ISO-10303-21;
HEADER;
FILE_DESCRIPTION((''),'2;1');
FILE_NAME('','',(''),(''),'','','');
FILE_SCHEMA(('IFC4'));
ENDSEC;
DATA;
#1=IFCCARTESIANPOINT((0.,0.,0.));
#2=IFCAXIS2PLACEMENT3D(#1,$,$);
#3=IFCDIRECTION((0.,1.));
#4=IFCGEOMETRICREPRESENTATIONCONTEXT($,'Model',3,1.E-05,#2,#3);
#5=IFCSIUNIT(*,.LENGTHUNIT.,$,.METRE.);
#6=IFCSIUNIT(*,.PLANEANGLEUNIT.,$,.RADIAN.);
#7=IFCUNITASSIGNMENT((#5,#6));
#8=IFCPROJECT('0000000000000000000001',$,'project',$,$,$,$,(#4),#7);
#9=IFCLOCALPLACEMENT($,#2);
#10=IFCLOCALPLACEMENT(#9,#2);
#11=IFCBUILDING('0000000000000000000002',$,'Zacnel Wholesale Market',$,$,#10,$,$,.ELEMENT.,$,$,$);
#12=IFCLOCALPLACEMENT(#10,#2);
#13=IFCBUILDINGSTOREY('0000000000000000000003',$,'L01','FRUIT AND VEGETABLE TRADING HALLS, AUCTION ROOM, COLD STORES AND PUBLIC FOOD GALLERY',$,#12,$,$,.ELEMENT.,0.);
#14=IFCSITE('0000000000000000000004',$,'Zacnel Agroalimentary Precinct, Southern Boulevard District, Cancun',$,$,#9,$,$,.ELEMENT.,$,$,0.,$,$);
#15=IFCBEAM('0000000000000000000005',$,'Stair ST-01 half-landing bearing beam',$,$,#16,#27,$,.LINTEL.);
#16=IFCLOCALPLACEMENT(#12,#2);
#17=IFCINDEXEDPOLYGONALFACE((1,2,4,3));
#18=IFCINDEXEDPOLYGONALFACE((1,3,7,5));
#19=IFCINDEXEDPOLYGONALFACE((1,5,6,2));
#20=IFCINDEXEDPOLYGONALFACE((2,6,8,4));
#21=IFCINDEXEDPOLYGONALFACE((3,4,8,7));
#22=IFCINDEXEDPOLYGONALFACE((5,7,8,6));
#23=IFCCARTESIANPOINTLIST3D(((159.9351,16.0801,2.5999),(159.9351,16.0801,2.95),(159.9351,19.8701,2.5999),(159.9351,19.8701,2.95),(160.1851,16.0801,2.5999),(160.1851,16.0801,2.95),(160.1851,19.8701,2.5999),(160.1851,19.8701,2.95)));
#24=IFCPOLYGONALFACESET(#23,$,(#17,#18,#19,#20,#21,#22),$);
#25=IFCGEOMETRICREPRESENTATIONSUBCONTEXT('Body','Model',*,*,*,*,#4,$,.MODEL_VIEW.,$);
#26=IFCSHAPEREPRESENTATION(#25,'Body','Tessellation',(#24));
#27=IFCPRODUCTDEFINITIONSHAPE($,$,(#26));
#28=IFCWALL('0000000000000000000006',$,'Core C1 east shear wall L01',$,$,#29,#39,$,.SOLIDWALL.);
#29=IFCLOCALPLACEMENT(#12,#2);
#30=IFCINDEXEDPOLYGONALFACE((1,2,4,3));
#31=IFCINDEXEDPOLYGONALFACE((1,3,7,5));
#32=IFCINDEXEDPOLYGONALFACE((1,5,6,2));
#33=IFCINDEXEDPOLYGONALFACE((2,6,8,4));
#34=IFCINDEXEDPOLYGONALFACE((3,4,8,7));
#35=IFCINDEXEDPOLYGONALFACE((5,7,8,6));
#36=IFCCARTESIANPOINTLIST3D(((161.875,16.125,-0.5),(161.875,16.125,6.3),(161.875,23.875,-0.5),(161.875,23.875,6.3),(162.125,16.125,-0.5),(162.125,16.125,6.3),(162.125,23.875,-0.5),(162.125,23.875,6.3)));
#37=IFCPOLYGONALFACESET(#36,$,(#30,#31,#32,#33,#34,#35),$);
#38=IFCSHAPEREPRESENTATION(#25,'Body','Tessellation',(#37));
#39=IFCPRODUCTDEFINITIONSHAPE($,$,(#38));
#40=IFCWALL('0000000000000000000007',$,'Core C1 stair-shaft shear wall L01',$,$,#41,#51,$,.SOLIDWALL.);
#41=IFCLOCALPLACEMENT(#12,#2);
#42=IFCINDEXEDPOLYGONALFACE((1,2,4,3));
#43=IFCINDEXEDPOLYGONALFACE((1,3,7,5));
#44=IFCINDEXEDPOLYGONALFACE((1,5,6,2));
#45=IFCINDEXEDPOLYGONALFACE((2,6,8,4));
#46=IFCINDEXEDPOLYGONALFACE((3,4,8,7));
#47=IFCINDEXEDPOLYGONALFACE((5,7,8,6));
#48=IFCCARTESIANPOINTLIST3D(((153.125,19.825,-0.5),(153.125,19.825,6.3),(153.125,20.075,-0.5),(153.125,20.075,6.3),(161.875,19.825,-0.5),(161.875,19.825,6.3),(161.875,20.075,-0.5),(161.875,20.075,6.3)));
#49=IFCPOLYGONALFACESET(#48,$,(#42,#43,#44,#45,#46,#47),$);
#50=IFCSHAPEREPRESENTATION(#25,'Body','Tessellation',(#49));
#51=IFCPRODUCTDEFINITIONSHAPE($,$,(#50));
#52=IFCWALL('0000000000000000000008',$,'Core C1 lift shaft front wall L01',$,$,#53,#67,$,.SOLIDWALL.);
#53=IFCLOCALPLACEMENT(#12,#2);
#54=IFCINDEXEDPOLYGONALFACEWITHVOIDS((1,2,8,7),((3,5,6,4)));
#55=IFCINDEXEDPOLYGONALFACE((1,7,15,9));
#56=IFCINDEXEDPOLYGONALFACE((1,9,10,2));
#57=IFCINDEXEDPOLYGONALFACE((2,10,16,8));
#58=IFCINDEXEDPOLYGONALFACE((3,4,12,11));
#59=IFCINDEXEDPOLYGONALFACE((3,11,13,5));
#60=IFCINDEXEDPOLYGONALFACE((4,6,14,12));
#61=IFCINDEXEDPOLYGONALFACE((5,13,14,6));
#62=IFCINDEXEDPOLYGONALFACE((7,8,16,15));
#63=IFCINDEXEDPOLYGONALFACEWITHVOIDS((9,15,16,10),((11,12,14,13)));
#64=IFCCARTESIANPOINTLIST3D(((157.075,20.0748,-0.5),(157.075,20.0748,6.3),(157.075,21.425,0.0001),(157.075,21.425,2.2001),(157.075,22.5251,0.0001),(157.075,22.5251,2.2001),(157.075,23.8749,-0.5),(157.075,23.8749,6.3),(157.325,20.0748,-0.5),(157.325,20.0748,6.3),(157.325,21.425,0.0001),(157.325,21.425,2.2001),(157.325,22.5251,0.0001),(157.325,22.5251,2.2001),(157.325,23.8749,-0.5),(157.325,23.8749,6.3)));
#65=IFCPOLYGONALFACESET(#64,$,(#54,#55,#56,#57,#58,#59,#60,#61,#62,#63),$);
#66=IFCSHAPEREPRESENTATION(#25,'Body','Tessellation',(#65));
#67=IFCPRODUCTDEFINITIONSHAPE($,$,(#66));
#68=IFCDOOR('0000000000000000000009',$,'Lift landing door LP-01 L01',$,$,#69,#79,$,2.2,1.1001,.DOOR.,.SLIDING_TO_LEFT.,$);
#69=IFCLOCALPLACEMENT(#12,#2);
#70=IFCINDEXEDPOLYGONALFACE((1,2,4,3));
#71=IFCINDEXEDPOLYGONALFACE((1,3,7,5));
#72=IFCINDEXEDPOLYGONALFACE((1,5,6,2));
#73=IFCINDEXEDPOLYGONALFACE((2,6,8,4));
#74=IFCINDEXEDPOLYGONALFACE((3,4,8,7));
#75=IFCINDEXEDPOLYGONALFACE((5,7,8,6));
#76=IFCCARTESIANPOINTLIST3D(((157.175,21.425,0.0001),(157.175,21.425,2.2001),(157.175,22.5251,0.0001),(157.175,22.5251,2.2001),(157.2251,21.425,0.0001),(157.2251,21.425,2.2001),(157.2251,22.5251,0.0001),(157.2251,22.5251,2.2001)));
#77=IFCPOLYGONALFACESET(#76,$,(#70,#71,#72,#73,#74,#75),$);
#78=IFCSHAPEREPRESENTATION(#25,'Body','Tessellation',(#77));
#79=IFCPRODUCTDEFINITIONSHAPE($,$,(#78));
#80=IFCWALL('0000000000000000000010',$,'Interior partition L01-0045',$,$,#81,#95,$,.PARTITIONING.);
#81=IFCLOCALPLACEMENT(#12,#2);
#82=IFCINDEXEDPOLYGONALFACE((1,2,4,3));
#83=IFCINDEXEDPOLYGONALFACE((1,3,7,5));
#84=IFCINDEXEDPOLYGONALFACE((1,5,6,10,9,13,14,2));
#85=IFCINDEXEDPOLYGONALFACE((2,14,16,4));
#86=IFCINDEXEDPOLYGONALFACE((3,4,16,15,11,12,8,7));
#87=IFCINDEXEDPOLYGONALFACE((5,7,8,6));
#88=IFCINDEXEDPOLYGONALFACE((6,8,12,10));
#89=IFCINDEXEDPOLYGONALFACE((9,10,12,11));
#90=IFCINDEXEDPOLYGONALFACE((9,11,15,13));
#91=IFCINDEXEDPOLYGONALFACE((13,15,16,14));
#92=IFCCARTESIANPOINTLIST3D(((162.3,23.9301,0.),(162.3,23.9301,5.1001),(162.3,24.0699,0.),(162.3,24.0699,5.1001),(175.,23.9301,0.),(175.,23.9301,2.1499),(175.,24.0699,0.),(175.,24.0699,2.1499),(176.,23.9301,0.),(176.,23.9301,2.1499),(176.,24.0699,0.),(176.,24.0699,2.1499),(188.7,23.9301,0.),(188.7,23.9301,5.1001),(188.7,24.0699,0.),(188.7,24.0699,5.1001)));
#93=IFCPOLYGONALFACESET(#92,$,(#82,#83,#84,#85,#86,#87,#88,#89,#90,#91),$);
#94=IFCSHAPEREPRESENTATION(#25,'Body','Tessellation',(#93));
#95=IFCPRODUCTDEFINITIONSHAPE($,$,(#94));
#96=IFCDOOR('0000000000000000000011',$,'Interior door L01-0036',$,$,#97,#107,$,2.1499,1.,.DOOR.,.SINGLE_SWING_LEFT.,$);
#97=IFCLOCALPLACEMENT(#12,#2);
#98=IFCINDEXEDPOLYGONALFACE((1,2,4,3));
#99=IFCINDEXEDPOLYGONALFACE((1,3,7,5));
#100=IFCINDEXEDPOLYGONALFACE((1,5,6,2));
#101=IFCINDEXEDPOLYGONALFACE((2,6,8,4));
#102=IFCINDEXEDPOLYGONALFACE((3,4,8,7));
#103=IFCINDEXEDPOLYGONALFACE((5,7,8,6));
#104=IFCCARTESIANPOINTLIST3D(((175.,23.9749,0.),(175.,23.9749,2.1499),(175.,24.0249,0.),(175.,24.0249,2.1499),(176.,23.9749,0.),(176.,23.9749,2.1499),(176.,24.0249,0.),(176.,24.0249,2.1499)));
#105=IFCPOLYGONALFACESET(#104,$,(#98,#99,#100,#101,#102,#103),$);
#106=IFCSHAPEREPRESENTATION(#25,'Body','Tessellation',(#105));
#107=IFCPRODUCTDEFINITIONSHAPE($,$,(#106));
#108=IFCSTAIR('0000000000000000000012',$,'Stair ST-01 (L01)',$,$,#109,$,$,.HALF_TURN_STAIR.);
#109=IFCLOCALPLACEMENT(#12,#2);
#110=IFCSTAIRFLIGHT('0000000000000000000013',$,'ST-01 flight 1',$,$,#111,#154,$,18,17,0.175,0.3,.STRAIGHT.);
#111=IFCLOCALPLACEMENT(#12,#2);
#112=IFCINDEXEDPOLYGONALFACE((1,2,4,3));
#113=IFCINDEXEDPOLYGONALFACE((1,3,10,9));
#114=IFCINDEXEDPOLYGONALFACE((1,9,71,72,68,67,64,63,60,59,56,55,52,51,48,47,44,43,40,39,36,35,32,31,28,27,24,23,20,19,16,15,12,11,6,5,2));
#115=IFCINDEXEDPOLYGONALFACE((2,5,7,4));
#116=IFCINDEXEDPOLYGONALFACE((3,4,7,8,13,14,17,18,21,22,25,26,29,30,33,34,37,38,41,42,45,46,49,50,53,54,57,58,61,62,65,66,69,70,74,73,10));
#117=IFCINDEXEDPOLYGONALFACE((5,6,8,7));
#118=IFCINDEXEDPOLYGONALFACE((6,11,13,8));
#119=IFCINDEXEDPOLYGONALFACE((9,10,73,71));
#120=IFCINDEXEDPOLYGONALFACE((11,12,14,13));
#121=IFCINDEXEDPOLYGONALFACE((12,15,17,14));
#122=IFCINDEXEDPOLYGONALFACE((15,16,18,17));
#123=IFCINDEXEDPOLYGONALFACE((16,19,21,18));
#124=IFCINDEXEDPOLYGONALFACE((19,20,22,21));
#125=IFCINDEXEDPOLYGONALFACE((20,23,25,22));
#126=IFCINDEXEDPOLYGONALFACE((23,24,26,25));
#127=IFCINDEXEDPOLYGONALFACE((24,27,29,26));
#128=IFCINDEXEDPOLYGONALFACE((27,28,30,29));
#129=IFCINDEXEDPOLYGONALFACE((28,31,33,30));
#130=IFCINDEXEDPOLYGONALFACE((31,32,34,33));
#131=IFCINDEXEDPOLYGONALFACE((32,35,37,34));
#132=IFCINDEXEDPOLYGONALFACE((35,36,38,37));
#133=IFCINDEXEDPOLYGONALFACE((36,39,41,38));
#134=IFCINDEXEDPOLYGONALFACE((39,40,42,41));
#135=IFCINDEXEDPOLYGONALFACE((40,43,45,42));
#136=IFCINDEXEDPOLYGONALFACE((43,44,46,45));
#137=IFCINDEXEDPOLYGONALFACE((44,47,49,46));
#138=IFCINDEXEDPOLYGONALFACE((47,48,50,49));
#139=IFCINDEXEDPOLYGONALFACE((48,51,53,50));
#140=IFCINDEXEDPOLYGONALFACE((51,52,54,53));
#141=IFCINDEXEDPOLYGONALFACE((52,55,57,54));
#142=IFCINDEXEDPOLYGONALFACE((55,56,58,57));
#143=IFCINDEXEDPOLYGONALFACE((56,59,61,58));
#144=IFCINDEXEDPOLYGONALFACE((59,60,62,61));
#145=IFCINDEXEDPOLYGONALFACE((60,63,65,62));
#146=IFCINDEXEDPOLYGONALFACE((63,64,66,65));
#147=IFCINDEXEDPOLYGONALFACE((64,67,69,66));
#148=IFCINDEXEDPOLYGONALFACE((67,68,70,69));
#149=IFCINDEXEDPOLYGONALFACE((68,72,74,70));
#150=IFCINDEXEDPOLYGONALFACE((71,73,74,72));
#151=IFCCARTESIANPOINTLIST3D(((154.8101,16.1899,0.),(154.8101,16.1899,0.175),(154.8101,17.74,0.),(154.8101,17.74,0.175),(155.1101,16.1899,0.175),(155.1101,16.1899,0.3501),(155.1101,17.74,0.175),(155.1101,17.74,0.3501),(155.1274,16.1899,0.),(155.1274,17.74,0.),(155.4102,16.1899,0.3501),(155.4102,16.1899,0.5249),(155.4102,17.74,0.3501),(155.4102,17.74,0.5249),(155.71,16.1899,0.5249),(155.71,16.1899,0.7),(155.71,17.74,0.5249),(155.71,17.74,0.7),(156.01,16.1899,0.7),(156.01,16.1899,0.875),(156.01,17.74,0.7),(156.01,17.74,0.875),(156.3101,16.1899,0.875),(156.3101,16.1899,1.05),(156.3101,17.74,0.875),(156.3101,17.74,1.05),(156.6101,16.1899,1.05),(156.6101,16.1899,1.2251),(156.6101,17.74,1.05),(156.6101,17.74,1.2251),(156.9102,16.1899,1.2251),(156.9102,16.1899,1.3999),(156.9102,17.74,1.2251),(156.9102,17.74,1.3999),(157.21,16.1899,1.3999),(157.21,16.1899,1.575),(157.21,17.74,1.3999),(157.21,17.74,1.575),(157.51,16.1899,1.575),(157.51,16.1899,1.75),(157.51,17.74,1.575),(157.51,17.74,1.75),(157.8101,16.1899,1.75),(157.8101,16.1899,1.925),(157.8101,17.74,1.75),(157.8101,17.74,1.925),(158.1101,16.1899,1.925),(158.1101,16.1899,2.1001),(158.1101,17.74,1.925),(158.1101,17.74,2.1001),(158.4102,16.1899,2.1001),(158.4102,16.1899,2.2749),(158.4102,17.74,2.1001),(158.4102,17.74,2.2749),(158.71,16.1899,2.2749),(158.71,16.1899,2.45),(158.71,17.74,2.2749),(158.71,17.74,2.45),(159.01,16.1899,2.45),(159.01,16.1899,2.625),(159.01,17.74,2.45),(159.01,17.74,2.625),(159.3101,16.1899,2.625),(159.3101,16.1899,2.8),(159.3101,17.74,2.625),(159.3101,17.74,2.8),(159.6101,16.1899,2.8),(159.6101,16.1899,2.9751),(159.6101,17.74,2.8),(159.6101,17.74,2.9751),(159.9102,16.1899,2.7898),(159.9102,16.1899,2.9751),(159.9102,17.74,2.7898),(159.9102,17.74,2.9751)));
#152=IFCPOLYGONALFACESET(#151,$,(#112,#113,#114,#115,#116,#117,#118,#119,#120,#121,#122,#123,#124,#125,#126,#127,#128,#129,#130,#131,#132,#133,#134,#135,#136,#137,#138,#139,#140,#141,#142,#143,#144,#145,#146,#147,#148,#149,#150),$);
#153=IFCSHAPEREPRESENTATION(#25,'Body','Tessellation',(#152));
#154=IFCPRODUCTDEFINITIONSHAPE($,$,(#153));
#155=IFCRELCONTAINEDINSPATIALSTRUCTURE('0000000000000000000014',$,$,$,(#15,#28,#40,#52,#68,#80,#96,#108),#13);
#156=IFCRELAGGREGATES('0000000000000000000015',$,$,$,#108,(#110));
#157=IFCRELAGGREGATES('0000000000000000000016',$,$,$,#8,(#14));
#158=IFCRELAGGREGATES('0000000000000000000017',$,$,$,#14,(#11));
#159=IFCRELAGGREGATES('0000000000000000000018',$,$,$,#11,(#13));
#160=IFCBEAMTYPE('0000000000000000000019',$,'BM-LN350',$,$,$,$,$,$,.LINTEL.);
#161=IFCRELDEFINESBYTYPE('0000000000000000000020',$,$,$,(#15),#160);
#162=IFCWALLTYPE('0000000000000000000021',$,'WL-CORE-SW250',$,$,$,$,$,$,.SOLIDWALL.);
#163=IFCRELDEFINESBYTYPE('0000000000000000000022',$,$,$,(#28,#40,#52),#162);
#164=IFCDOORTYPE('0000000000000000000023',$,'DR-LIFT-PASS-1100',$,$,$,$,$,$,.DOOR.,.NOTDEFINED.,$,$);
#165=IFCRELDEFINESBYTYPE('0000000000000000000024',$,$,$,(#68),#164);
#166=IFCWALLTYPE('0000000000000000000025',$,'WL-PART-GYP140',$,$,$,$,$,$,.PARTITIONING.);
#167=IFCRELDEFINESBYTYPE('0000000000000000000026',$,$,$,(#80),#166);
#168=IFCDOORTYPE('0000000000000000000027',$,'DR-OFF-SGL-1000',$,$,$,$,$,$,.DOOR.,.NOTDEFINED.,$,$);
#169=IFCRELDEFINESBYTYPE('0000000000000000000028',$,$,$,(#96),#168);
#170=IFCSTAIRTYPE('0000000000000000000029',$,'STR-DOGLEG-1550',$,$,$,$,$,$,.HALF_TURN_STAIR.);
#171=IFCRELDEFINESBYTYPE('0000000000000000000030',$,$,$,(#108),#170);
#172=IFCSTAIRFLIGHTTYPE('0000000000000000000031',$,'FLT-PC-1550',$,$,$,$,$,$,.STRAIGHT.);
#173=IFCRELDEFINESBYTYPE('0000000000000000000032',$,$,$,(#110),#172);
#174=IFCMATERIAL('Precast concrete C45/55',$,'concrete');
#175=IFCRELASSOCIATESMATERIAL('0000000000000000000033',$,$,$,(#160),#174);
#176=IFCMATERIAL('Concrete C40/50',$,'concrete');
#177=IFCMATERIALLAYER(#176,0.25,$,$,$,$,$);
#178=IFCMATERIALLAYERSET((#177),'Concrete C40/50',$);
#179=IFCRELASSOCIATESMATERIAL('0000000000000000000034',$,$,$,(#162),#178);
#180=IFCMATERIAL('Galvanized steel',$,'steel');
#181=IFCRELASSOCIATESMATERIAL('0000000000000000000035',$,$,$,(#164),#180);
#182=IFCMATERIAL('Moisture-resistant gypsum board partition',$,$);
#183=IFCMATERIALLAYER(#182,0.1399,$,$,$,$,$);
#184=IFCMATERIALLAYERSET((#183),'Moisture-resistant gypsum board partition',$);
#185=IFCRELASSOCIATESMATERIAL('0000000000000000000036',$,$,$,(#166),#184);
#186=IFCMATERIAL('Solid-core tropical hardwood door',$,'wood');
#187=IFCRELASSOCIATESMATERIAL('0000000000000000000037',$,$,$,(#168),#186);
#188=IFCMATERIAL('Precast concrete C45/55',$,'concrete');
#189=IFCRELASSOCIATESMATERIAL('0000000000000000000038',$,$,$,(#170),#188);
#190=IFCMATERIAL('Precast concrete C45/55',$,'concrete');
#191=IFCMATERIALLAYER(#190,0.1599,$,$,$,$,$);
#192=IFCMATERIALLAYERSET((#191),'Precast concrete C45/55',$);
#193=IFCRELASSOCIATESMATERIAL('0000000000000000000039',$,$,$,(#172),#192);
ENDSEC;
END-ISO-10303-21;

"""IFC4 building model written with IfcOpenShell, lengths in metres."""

from ifc_helpers import new_model, si_unit, direction, frame, frame_2d, origin, origin_2d, place, context, subcontext, project, spatial, polyline, rectangle, outline, extrude, material, layer, layer_set, material_profile, profile_set, type_object, element, fill, aggregate, save


model = new_model("IFC4")

# Units and contexts
model_context = context("Model", 3, precision=1e-05, world=origin(), true_north=direction((0.0, 1.0)))
body_context = subcontext(model_context, "Body", "Model", "MODEL_VIEW")
ifc_project = project(units=[si_unit("LENGTHUNIT", "METRE"), si_unit("PLANEANGLEUNIT", "RADIAN")], contexts=[model_context])

# Site, building, storey
site_placement = place(None, origin())
site = spatial("IfcSite", under=ifc_project, at=site_placement, Name="Zacnel Agroalimentary Precinct, Southern Boulevard District, Cancun", CompositionType="ELEMENT", RefElevation=0.0)
building_placement = place(site_placement, origin())
building = spatial("IfcBuilding", under=site, at=building_placement, Name="Zacnel Wholesale Market", CompositionType="ELEMENT")
storey_placement = place(building_placement, origin())
storey = spatial("IfcBuildingStorey", under=building, at=storey_placement, Name="L01", Description="FRUIT AND VEGETABLE TRADING HALLS, AUCTION ROOM, COLD STORES AND PUBLIC FOOD GALLERY", CompositionType="ELEMENT", Elevation=0.0)

# Beam
ifc_material_1 = material(Name="Precast concrete C45/55", Category="concrete")
ifc_material_profile_1 = material_profile(ifc_material_1, rectangle(XDim=0.25, YDim=0.3501, at=origin_2d()), Name="LN 250x350")
ifc_profile_set_1 = profile_set([ifc_material_profile_1], Name="Precast concrete C45/55")
beam_type = type_object("IfcBeamType", Name="BM-LN350", PredefinedType="LINTEL", material=ifc_profile_set_1)
beam_placement = place(storey_placement, frame((160.0601, 16.0801, 2.7749), z_axis=(0.0, 1.0, 0.0), x_axis=(-1.0, 0.0, 0.0)))
element("IfcBeam", 1, at=beam_placement, inside=storey, type_object=beam_type, Name="Stair ST-01 half-landing bearing beam", PredefinedType="LINTEL", context=body_context, shape_type="SweptSolid", body=[
    extrude(rectangle(XDim=0.25, YDim=0.3501, at=origin_2d()), origin(), (0.0, 0.0, 1.0), 3.79),
])

# Walls
ifc_material_2 = material(Name="Concrete C40/50", Category="concrete")
ifc_layer_1 = layer(ifc_material_2, 0.25)
ifc_layer_set_1 = layer_set([ifc_layer_1], Name="Concrete C40/50")
wall_type_1 = type_object("IfcWallType", Name="WL-CORE-SW250", PredefinedType="SOLIDWALL", material=ifc_layer_set_1)
wall_1_placement = place(storey_placement, frame((162.0, 16.125, -0.5), z_axis=(0.0, 0.0, 1.0), x_axis=(0.0, 1.0, 0.0)))
element("IfcWall", 2, at=wall_1_placement, inside=storey, type_object=wall_type_1, Name="Core C1 east shear wall L01", PredefinedType="SOLIDWALL", context=body_context, shape_type="SweptSolid", body=[
    extrude(rectangle(XDim=7.75, YDim=0.25, at=frame_2d((3.875, 0.0))), origin(), (0.0, 0.0, 1.0), 6.8),
])
wall_2_placement = place(storey_placement, frame((153.125, 19.95, -0.5), z_axis=(0.0, 0.0, 1.0), x_axis=(1.0, 0.0, 0.0)))
element("IfcWall", 3, at=wall_2_placement, inside=storey, type_object=wall_type_1, Name="Core C1 stair-shaft shear wall L01", PredefinedType="SOLIDWALL", context=body_context, shape_type="SweptSolid", body=[
    extrude(rectangle(XDim=8.75, YDim=0.25, at=frame_2d((4.375, 0.0))), origin(), (0.0, 0.0, 1.0), 6.8),
])

# Walls, openings, doors
wall_3_placement = place(storey_placement, frame((157.2, 20.075, -0.5), z_axis=(0.0, 0.0, 1.0), x_axis=(0.0, 1.0, 0.0)))
wall_3 = element("IfcWall", 4, at=wall_3_placement, inside=storey, type_object=wall_type_1, Name="Core C1 lift shaft front wall L01", PredefinedType="SOLIDWALL", context=body_context, shape_type="SweptSolid", body=[
    extrude(rectangle(XDim=3.8, YDim=0.25, at=frame_2d((1.8999, 0.0))), origin(), (0.0, 0.0, 1.0), 6.8),
])
opening_1_placement = place(wall_3_placement, frame((1.3501, 0.0, 0.5)))
opening_1 = element("IfcOpeningElement", 5, at=opening_1_placement, cuts=wall_3, PredefinedType="OPENING", context=body_context, shape_type="SweptSolid", body=[
    extrude(rectangle(XDim=1.1001, YDim=2.2, at=frame_2d((0.55, 1.1001))), frame((0.0, 0.135, 0.0), z_axis=(0.0, -1.0, 0.0), x_axis=(1.0, 0.0, 0.0)), (0.0, 0.0, 1.0), 0.27),
])
ifc_material_3 = material(Name="Galvanized steel", Category="steel")
door_type_1 = type_object("IfcDoorType", Name="DR-LIFT-PASS-1100", OperationType="NOTDEFINED", PredefinedType="DOOR", material=ifc_material_3)
door_1_placement = place(opening_1_placement, origin())
door_1 = element("IfcDoor", 6, at=door_1_placement, inside=storey, type_object=door_type_1, Name="Lift landing door LP-01 L01", OperationType="SLIDING_TO_LEFT", OverallHeight=2.2, OverallWidth=1.1001, PredefinedType="DOOR", context=body_context, shape_type="SweptSolid", body=[
    extrude(rectangle(XDim=1.1001, YDim=2.2, at=frame_2d((0.55, 1.1001))), frame((0.0, 0.0249, 0.0), z_axis=(0.0, -1.0, 0.0), x_axis=(1.0, 0.0, 0.0)), (0.0, 0.0, 1.0), 0.05),
])
fill(opening_1, door_1)
ifc_material_4 = material(Name="Moisture-resistant gypsum board partition")
ifc_layer_2 = layer(ifc_material_4, 0.1399)
ifc_layer_set_2 = layer_set([ifc_layer_2], Name="Moisture-resistant gypsum board partition")
wall_type_2 = type_object("IfcWallType", Name="WL-PART-GYP140", PredefinedType="PARTITIONING", material=ifc_layer_set_2)
wall_4_placement = place(storey_placement, frame((162.3, 24.0, 0.0), z_axis=(0.0, 0.0, 1.0), x_axis=(1.0, 0.0, 0.0)))
wall_4 = element("IfcWall", 7, at=wall_4_placement, inside=storey, type_object=wall_type_2, Name="Interior partition L01-0045", PredefinedType="PARTITIONING", context=body_context, shape_type="SweptSolid", body=[
    extrude(rectangle(XDim=26.3999, YDim=0.1399, at=frame_2d((13.2, 0.0))), origin(), (0.0, 0.0, 1.0), 5.1001),
])
opening_2_placement = place(wall_4_placement, frame((12.7, 0.0, 0.0)))
opening_2 = element("IfcOpeningElement", 8, at=opening_2_placement, cuts=wall_4, PredefinedType="OPENING", context=body_context, shape_type="SweptSolid", body=[
    extrude(rectangle(XDim=1.0, YDim=2.1499, at=frame_2d((0.5, 1.075))), frame((0.0, 0.0798, 0.0), z_axis=(0.0, -1.0, 0.0), x_axis=(1.0, 0.0, 0.0)), (0.0, 0.0, 1.0), 0.1599),
])
ifc_material_5 = material(Name="Solid-core tropical hardwood door", Category="wood")
door_type_2 = type_object("IfcDoorType", Name="DR-OFF-SGL-1000", OperationType="NOTDEFINED", PredefinedType="DOOR", material=ifc_material_5)
door_2_placement = place(opening_2_placement, origin())
door_2 = element("IfcDoor", 9, at=door_2_placement, inside=storey, type_object=door_type_2, Name="Interior door L01-0036", OperationType="SINGLE_SWING_LEFT", OverallHeight=2.1499, OverallWidth=1.0, PredefinedType="DOOR", context=body_context, shape_type="SweptSolid", body=[
    extrude(rectangle(XDim=1.0, YDim=2.1499, at=frame_2d((0.5, 1.075))), frame((0.0, 0.0249, 0.0), z_axis=(0.0, -1.0, 0.0), x_axis=(1.0, 0.0, 0.0)), (0.0, 0.0, 1.0), 0.05),
])
fill(opening_2, door_2)

# Stair, stair flight
ifc_material_6 = material(Name="Precast concrete C45/55", Category="concrete")
stair_type = type_object("IfcStairType", Name="STR-DOGLEG-1550", PredefinedType="HALF_TURN_STAIR", material=ifc_material_6)
stair_placement = place(storey_placement, origin())
stair = element("IfcStair", 10, at=stair_placement, inside=storey, type_object=stair_type, Name="Stair ST-01 (L01)", PredefinedType="HALF_TURN_STAIR")
ifc_material_7 = material(Name="Precast concrete C45/55", Category="concrete")
ifc_layer_3 = layer(ifc_material_7, 0.1599)
ifc_layer_set_3 = layer_set([ifc_layer_3], Name="Precast concrete C45/55")
stair_flight_type = type_object("IfcStairFlightType", Name="FLT-PC-1550", PredefinedType="STRAIGHT", material=ifc_layer_set_3)
stair_flight_1_placement = place(storey_placement, frame((154.8101, 16.9651, 0.0), z_axis=(0.0, 0.0, 1.0), x_axis=(1.0, 0.0, 0.0)))
stair_flight_1 = element("IfcStairFlight", 11, at=stair_flight_1_placement, type_object=stair_flight_type, Name="ST-01 flight 1", NumberOfRisers=18, NumberOfTreads=17, PredefinedType="STRAIGHT", RiserHeight=0.175, TreadLength=0.3, context=body_context, shape_type="SweptSolid", body=[
    extrude(outline(polyline([(0.0, 0.0), (0.0, 0.175), (0.3, 0.175), (0.3, 0.3501), (0.6001, 0.3501), (0.6001, 0.5249), (0.8999, 0.5249), (0.8999, 0.7), (1.2, 0.7), (1.2, 0.875), (1.5, 0.875), (1.5, 1.05), (1.8, 1.05), (1.8, 1.2251), (2.1001, 1.2251), (2.1001, 1.3999), (2.3999, 1.3999), (2.3999, 1.575), (2.7, 1.575), (2.7, 1.75), (3.0, 1.75), (3.0, 1.925), (3.3, 1.925), (3.3, 2.1001), (3.6001, 2.1001), (3.6001, 2.2749), (3.8999, 2.2749), (3.8999, 2.45), (4.2, 2.45), (4.2, 2.625), (4.5, 2.625), (4.5, 2.8), (4.8, 2.8), (4.8, 2.9751), (5.1001, 2.9751), (5.1001, 3.1499), (5.1001, 2.7898), (0.3174, 0.0), (0.0, 0.0)])), frame((0.0, 0.7749, 0.0), z_axis=(0.0, -1.0, 0.0), x_axis=(1.0, 0.0, 0.0)), (0.0, 0.0, 1.0), 1.55),
])
aggregate(stair, [stair_flight_1])

save(model, "model.ifc")
